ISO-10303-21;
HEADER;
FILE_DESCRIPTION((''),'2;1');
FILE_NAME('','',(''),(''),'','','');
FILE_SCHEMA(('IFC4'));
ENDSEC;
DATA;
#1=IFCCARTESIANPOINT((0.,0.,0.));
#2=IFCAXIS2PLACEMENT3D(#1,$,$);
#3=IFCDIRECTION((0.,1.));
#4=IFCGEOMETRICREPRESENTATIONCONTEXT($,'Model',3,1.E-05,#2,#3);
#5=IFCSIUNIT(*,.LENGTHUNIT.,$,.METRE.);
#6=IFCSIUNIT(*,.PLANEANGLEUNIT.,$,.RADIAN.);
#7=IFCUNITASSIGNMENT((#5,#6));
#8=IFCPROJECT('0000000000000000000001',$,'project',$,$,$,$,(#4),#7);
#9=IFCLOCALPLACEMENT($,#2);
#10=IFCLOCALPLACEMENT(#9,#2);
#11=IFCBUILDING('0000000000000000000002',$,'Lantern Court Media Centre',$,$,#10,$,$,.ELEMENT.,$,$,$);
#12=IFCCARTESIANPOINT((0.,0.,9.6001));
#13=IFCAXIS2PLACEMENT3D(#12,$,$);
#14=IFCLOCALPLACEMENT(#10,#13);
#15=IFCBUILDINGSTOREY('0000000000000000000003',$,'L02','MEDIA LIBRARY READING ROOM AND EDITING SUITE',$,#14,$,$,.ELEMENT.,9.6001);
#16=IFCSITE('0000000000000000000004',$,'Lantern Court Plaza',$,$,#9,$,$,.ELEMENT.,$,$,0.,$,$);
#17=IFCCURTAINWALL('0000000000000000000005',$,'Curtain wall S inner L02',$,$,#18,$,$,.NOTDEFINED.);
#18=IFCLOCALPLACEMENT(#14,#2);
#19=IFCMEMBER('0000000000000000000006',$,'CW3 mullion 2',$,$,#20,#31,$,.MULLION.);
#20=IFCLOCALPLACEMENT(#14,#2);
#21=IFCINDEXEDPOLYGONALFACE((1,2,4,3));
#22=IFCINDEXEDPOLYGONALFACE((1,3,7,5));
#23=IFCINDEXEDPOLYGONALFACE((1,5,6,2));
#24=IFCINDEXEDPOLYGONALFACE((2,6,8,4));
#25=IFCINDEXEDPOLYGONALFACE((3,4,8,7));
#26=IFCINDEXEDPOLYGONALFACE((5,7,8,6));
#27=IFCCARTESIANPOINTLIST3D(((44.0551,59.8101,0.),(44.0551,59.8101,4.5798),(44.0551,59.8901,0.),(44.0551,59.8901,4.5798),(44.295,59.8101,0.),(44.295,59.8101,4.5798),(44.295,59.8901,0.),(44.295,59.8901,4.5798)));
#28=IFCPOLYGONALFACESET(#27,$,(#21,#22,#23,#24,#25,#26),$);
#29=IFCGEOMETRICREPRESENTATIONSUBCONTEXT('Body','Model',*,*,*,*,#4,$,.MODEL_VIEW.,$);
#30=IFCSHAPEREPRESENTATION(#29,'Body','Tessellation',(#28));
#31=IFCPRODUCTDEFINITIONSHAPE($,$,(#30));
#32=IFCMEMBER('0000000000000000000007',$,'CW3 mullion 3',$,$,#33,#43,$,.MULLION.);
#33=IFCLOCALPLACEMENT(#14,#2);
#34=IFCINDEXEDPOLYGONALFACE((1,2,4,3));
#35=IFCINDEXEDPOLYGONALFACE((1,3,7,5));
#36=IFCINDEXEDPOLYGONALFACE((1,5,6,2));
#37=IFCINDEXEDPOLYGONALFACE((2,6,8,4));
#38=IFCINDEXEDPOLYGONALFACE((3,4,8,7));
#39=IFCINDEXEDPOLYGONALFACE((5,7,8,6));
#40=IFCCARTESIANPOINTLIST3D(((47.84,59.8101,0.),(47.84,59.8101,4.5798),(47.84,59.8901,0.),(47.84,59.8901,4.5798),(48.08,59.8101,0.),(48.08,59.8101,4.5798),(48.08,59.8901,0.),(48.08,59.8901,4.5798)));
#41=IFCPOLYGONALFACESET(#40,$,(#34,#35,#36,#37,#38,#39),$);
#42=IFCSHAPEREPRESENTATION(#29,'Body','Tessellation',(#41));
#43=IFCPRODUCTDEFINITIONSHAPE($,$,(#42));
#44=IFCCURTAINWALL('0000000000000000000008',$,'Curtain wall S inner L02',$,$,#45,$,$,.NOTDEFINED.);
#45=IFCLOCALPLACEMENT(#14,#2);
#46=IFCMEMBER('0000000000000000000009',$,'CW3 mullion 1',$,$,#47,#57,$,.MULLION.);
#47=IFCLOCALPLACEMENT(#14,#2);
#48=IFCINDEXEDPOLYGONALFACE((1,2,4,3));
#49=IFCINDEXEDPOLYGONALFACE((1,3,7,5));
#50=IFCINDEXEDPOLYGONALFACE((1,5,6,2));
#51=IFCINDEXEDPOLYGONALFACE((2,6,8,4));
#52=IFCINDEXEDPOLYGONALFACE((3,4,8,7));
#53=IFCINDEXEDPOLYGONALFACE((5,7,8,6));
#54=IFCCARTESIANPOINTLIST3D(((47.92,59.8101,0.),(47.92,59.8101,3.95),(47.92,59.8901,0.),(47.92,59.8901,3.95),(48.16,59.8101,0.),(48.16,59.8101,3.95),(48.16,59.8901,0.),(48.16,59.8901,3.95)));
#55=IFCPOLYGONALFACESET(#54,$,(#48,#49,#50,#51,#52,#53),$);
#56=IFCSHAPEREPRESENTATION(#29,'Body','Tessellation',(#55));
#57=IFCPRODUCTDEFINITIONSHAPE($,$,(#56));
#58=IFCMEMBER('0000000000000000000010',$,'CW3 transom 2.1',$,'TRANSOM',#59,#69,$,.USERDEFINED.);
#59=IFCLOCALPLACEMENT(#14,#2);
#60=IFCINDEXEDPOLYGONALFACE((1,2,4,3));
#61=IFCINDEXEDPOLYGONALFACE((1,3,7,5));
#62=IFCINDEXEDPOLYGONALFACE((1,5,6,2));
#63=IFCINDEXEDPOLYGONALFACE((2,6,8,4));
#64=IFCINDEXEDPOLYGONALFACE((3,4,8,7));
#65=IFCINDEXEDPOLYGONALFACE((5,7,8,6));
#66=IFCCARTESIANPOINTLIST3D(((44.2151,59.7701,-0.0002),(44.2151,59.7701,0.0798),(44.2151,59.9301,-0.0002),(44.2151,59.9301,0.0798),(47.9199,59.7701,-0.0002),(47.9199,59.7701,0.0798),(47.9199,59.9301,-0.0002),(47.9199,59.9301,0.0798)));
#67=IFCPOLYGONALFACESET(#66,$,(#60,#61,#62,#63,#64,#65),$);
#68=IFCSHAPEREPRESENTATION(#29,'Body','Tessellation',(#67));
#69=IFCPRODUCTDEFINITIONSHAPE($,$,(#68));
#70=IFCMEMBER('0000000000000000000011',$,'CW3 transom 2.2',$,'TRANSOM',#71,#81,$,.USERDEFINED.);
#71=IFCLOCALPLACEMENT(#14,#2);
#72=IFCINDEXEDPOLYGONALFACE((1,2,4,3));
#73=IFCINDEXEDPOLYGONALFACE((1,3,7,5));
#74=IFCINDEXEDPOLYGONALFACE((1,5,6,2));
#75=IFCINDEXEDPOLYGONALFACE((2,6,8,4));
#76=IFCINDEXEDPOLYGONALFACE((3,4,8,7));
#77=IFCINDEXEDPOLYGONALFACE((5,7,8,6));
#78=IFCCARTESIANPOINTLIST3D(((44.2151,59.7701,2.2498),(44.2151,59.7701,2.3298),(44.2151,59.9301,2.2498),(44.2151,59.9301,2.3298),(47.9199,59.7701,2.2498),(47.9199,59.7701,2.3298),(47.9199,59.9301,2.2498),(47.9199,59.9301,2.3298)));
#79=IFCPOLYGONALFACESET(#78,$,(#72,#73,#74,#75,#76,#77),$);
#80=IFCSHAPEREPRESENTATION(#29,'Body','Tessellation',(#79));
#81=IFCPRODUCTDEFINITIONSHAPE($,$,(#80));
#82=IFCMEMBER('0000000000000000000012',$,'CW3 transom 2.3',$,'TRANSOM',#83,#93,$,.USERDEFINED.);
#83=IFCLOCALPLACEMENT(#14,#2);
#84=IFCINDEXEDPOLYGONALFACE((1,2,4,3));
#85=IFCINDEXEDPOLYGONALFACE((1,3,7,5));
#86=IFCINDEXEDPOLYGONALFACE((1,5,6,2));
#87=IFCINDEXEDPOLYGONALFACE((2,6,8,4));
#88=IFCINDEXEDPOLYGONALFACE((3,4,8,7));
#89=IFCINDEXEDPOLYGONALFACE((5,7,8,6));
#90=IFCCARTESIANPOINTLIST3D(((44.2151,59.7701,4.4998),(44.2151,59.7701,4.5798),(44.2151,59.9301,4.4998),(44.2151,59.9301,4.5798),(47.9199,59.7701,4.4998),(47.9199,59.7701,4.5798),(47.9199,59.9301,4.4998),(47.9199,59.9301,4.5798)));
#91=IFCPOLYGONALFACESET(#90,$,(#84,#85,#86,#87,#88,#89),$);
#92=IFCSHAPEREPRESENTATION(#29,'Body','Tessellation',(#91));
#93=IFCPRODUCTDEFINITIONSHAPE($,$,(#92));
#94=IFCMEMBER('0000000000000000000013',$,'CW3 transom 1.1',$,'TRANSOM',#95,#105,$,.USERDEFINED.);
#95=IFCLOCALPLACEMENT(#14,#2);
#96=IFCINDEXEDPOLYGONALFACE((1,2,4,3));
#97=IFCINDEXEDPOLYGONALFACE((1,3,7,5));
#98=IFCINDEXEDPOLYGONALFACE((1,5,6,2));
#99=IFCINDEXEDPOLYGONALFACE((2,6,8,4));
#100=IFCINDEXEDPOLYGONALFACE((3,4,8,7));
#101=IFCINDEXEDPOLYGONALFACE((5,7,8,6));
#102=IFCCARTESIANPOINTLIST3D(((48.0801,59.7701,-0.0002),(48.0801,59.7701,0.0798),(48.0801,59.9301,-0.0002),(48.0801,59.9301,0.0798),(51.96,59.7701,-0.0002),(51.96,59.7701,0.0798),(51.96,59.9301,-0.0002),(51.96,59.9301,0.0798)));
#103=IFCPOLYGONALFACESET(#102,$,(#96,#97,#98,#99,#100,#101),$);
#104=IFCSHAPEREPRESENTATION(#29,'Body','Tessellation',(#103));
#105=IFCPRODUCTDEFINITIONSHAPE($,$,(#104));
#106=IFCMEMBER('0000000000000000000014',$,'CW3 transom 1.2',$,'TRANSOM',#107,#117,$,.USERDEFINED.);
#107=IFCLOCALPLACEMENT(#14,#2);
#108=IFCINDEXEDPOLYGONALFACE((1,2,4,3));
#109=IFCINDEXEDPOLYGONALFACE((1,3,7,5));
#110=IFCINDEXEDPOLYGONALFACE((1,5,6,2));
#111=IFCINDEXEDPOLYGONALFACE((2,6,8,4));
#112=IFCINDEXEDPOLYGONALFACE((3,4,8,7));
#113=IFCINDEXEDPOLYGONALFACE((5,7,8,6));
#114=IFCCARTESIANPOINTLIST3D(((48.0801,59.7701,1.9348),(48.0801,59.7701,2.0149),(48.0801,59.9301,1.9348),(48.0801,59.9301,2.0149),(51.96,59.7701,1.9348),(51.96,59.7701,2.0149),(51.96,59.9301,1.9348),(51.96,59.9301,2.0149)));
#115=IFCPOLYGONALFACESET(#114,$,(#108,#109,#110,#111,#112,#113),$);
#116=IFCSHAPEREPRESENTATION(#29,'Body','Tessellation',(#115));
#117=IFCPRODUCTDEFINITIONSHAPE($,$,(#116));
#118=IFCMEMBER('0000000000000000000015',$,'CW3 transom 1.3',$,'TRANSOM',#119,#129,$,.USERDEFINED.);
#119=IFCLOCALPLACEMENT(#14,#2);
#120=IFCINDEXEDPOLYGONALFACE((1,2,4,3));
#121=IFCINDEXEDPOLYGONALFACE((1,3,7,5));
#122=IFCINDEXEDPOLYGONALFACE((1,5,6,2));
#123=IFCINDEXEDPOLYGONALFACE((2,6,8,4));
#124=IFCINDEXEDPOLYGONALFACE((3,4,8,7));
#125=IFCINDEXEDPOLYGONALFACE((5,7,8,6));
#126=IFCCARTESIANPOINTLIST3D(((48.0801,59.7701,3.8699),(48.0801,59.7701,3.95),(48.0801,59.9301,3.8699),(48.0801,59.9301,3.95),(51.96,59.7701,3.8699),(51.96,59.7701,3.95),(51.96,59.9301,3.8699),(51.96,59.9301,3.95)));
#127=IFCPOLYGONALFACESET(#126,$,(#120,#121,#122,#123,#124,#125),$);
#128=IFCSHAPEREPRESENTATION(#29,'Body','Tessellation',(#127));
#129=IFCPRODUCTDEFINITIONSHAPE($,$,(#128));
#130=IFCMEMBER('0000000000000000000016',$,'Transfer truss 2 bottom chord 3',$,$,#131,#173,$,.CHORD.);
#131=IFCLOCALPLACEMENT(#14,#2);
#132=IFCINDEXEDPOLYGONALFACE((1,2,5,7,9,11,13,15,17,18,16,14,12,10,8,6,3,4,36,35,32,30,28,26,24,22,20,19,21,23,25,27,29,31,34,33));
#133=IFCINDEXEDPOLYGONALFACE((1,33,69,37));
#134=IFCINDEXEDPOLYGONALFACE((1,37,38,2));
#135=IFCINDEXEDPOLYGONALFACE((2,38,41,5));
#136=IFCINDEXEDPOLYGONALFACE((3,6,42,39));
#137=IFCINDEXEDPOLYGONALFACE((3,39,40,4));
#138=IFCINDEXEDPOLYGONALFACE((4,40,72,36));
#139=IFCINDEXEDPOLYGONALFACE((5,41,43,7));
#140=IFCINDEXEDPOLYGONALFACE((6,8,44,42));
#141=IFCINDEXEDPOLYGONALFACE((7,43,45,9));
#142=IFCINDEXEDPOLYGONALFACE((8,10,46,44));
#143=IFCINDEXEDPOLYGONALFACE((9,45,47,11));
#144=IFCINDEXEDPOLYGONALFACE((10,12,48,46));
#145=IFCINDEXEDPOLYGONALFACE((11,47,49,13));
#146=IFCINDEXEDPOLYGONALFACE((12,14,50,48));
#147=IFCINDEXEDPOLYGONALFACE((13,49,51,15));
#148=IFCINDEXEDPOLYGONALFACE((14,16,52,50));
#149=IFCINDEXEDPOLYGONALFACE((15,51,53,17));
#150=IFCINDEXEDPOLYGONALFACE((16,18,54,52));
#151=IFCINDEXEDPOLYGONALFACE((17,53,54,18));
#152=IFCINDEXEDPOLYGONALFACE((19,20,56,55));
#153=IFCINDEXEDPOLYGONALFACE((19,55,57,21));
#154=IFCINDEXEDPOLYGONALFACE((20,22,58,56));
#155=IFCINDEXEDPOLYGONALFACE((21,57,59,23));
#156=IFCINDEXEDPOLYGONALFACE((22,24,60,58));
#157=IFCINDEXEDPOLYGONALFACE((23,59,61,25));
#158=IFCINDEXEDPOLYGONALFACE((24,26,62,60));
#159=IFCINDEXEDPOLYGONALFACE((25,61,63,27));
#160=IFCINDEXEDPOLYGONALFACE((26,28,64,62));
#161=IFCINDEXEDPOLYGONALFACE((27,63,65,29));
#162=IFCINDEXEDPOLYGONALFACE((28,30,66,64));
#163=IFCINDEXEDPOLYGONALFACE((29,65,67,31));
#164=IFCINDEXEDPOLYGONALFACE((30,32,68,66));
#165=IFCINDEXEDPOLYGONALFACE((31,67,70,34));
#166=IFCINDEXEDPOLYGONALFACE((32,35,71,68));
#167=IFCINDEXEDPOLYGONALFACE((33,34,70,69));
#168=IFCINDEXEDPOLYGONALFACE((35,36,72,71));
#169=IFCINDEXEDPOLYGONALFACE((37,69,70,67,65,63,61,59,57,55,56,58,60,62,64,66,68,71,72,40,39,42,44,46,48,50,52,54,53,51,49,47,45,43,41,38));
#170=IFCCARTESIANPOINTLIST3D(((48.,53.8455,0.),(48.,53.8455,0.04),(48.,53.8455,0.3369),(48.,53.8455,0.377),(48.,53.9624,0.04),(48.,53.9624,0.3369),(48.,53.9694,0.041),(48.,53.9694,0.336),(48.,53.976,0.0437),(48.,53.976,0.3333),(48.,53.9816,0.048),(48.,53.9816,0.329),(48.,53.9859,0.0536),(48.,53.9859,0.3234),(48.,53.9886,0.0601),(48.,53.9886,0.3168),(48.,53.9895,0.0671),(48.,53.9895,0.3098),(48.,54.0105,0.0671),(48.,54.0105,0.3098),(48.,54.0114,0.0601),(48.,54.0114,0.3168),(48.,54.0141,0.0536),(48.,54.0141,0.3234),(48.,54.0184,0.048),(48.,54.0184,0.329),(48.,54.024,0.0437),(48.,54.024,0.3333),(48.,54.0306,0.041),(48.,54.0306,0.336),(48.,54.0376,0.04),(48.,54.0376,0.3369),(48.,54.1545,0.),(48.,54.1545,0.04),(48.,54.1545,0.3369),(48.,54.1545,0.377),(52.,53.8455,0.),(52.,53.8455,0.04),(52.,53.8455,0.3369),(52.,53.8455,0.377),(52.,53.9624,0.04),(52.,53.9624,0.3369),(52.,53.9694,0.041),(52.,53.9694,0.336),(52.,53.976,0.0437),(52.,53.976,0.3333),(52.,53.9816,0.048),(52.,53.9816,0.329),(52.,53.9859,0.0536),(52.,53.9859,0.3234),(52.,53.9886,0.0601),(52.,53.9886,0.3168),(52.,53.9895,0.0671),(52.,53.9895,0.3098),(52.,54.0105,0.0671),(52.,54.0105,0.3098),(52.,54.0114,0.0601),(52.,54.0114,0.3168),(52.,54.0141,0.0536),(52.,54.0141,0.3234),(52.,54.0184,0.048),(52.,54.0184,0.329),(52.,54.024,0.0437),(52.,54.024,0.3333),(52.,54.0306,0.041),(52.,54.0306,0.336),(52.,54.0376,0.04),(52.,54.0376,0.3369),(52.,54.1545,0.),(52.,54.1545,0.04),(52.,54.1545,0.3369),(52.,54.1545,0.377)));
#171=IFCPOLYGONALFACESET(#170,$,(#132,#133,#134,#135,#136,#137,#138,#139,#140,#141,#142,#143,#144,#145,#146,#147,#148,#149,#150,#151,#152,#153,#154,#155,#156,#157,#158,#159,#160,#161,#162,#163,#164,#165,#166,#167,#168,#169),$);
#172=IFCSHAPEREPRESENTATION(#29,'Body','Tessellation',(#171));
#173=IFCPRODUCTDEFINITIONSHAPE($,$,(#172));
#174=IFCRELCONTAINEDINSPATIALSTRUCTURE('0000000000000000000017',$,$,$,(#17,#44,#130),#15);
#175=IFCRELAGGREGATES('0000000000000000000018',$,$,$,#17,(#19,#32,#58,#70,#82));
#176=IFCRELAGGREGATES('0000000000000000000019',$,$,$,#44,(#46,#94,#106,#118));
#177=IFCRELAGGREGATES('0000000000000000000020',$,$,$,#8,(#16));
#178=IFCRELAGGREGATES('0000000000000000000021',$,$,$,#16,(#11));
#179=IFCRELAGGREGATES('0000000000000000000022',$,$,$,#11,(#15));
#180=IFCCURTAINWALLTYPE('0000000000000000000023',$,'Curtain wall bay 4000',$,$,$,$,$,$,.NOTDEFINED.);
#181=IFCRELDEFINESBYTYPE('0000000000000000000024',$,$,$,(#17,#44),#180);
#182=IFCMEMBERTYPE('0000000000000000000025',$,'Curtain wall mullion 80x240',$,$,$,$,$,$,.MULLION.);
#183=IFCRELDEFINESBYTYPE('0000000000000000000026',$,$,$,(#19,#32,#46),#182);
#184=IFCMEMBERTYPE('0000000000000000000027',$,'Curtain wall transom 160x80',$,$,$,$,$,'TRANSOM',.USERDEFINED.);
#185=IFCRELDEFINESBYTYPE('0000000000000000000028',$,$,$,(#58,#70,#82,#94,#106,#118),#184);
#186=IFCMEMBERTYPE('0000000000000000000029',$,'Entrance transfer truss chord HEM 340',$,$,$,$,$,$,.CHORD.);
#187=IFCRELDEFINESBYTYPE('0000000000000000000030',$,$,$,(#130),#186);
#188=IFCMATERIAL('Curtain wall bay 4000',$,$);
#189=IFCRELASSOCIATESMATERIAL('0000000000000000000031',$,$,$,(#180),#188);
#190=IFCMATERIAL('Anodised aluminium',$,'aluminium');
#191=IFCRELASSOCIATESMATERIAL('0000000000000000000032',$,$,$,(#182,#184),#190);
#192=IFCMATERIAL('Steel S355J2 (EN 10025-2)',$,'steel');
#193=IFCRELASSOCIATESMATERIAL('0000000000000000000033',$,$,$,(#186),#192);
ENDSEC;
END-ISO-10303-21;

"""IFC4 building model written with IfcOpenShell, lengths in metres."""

from ifc_helpers import new_model, si_unit, direction, frame, origin, origin_2d, place, context, subcontext, project, spatial, rectangle, i_section, extrude, material, material_profile, profile_set, type_object, element, aggregate, save


model = new_model("IFC4")

# Units and contexts
model_context = context("Model", 3, precision=1e-05, world=origin(), true_north=direction((0.0, 1.0)))
body_context = subcontext(model_context, "Body", "Model", "MODEL_VIEW")
ifc_project = project(units=[si_unit("LENGTHUNIT", "METRE"), si_unit("PLANEANGLEUNIT", "RADIAN")], contexts=[model_context])

# Site, building, storey
site_placement = place(None, origin())
site = spatial("IfcSite", under=ifc_project, at=site_placement, Name="Lantern Court Plaza", CompositionType="ELEMENT", RefElevation=0.0)
building_placement = place(site_placement, origin())
building = spatial("IfcBuilding", under=site, at=building_placement, Name="Lantern Court Media Centre", CompositionType="ELEMENT")
storey_placement = place(building_placement, frame((0.0, 0.0, 9.6001)))
storey = spatial("IfcBuildingStorey", under=building, at=storey_placement, Name="L02", Description="MEDIA LIBRARY READING ROOM AND EDITING SUITE", CompositionType="ELEMENT", Elevation=9.6001)

# Curtain wall, members
ifc_material_1 = material(Name="Curtain wall bay 4000")
curtain_wall_type = type_object("IfcCurtainWallType", Name="Curtain wall bay 4000", PredefinedType="NOTDEFINED", material=ifc_material_1)
curtain_wall_1_placement = place(storey_placement, origin())
curtain_wall_1 = element("IfcCurtainWall", 1, at=curtain_wall_1_placement, inside=storey, type_object=curtain_wall_type, Name="Curtain wall S inner L02", PredefinedType="NOTDEFINED")
ifc_material_2 = material(Name="Anodised aluminium", Category="aluminium")
ifc_material_profile_1 = material_profile(ifc_material_2, rectangle(XDim=0.0801, YDim=0.24, at=origin_2d()), Name="AL 80x240")
ifc_profile_set_1 = profile_set([ifc_material_profile_1], Name="Anodised aluminium")
member_type_1 = type_object("IfcMemberType", Name="Curtain wall mullion 80x240", PredefinedType="MULLION", material=ifc_profile_set_1)
member_1_placement = place(storey_placement, frame((44.175, 59.8501, 0.0), z_axis=(0.0, 0.0, 1.0), x_axis=(0.0, 1.0, 0.0)))
member_1 = element("IfcMember", 2, at=member_1_placement, type_object=member_type_1, Name="CW3 mullion 2", PredefinedType="MULLION", context=body_context, shape_type="SweptSolid", body=[
    extrude(rectangle(XDim=0.0801, YDim=0.24, at=origin_2d()), origin(), (0.0, 0.0, 1.0), 4.5798),
])
member_2_placement = place(storey_placement, frame((47.96, 59.8501, 0.0), z_axis=(0.0, 0.0, 1.0), x_axis=(0.0, 1.0, 0.0)))
member_2 = element("IfcMember", 3, at=member_2_placement, type_object=member_type_1, Name="CW3 mullion 3", PredefinedType="MULLION", context=body_context, shape_type="SweptSolid", body=[
    extrude(rectangle(XDim=0.0801, YDim=0.24, at=origin_2d()), origin(), (0.0, 0.0, 1.0), 4.5798),
])

# Curtain wall, member
curtain_wall_2_placement = place(storey_placement, origin())
curtain_wall_2 = element("IfcCurtainWall", 4, at=curtain_wall_2_placement, inside=storey, type_object=curtain_wall_type, Name="Curtain wall S inner L02", PredefinedType="NOTDEFINED")
member_3_placement = place(storey_placement, frame((48.04, 59.8501, 0.0), z_axis=(0.0, 0.0, 1.0), x_axis=(0.0, 1.0, 0.0)))
member_3 = element("IfcMember", 5, at=member_3_placement, type_object=member_type_1, Name="CW3 mullion 1", PredefinedType="MULLION", context=body_context, shape_type="SweptSolid", body=[
    extrude(rectangle(XDim=0.0801, YDim=0.24, at=origin_2d()), origin(), (0.0, 0.0, 1.0), 3.95),
])

# Members
ifc_material_profile_2 = material_profile(ifc_material_2, rectangle(XDim=0.1599, YDim=0.0801, at=origin_2d()), Name="AL 80x160")
ifc_profile_set_2 = profile_set([ifc_material_profile_2], Name="Anodised aluminium")
member_type_2 = type_object("IfcMemberType", Name="Curtain wall transom 160x80", ElementType="TRANSOM", PredefinedType="USERDEFINED", material=ifc_profile_set_2)
member_4_placement = place(storey_placement, frame((44.2151, 59.8501, 0.0398), z_axis=(1.0, 0.0, 0.0), x_axis=(0.0, 1.0, 0.0)))
member_4 = element("IfcMember", 6, at=member_4_placement, type_object=member_type_2, Name="CW3 transom 2.1", ObjectType="TRANSOM", PredefinedType="USERDEFINED", context=body_context, shape_type="SweptSolid", body=[
    extrude(rectangle(XDim=0.1599, YDim=0.0801, at=origin_2d()), origin(), (0.0, 0.0, 1.0), 3.7048),
])
member_5_placement = place(storey_placement, frame((44.2151, 59.8501, 2.2898), z_axis=(1.0, 0.0, 0.0), x_axis=(0.0, 1.0, 0.0)))
member_5 = element("IfcMember", 7, at=member_5_placement, type_object=member_type_2, Name="CW3 transom 2.2", ObjectType="TRANSOM", PredefinedType="USERDEFINED", context=body_context, shape_type="SweptSolid", body=[
    extrude(rectangle(XDim=0.1599, YDim=0.0801, at=origin_2d()), origin(), (0.0, 0.0, 1.0), 3.7048),
])
member_6_placement = place(storey_placement, frame((44.2151, 59.8501, 4.5398), z_axis=(1.0, 0.0, 0.0), x_axis=(0.0, 1.0, 0.0)))
member_6 = element("IfcMember", 8, at=member_6_placement, type_object=member_type_2, Name="CW3 transom 2.3", ObjectType="TRANSOM", PredefinedType="USERDEFINED", context=body_context, shape_type="SweptSolid", body=[
    extrude(rectangle(XDim=0.1599, YDim=0.0801, at=origin_2d()), origin(), (0.0, 0.0, 1.0), 3.7048),
])
member_7_placement = place(storey_placement, frame((48.0801, 59.8501, 0.0398), z_axis=(1.0, 0.0, 0.0), x_axis=(0.0, 1.0, 0.0)))
member_7 = element("IfcMember", 9, at=member_7_placement, type_object=member_type_2, Name="CW3 transom 1.1", ObjectType="TRANSOM", PredefinedType="USERDEFINED", context=body_context, shape_type="SweptSolid", body=[
    extrude(rectangle(XDim=0.1599, YDim=0.0801, at=origin_2d()), origin(), (0.0, 0.0, 1.0), 3.8799),
])
member_8_placement = place(storey_placement, frame((48.0801, 59.8501, 1.9749), z_axis=(1.0, 0.0, 0.0), x_axis=(0.0, 1.0, 0.0)))
member_8 = element("IfcMember", 10, at=member_8_placement, type_object=member_type_2, Name="CW3 transom 1.2", ObjectType="TRANSOM", PredefinedType="USERDEFINED", context=body_context, shape_type="SweptSolid", body=[
    extrude(rectangle(XDim=0.1599, YDim=0.0801, at=origin_2d()), origin(), (0.0, 0.0, 1.0), 3.8799),
])
member_9_placement = place(storey_placement, frame((48.0801, 59.8501, 3.9099), z_axis=(1.0, 0.0, 0.0), x_axis=(0.0, 1.0, 0.0)))
member_9 = element("IfcMember", 11, at=member_9_placement, type_object=member_type_2, Name="CW3 transom 1.3", ObjectType="TRANSOM", PredefinedType="USERDEFINED", context=body_context, shape_type="SweptSolid", body=[
    extrude(rectangle(XDim=0.1599, YDim=0.0801, at=origin_2d()), origin(), (0.0, 0.0, 1.0), 3.8799),
])

# Member
ifc_material_3 = material(Name="Steel S355J2 (EN 10025-2)", Category="steel")
ifc_material_profile_3 = material_profile(ifc_material_3, i_section(OverallWidth=0.3091, OverallDepth=0.377, WebThickness=0.021, FlangeThickness=0.04, FilletRadius=0.0271, at=origin_2d()), Name="HEM 340")
ifc_profile_set_3 = profile_set([ifc_material_profile_3], Name="Steel S355J2 (EN 10025-2)")
member_type_3 = type_object("IfcMemberType", Name="Entrance transfer truss chord HEM 340", PredefinedType="CHORD", material=ifc_profile_set_3)
member_10_placement = place(storey_placement, frame((48.0, 54.0, 0.1885), z_axis=(1.0, 0.0, 0.0), x_axis=(0.0, 1.0, 0.0)))
element("IfcMember", 12, at=member_10_placement, inside=storey, type_object=member_type_3, Name="Transfer truss 2 bottom chord 3", PredefinedType="CHORD", context=body_context, shape_type="SweptSolid", body=[
    extrude(i_section(OverallWidth=0.3091, OverallDepth=0.377, WebThickness=0.021, FlangeThickness=0.04, FilletRadius=0.0271, at=origin_2d()), origin(), (0.0, 0.0, 1.0), 4.0),
])

aggregate(curtain_wall_1, [member_1, member_2, member_4, member_5, member_6])
aggregate(curtain_wall_2, [member_3, member_7, member_8, member_9])

save(model, "model.ifc")
